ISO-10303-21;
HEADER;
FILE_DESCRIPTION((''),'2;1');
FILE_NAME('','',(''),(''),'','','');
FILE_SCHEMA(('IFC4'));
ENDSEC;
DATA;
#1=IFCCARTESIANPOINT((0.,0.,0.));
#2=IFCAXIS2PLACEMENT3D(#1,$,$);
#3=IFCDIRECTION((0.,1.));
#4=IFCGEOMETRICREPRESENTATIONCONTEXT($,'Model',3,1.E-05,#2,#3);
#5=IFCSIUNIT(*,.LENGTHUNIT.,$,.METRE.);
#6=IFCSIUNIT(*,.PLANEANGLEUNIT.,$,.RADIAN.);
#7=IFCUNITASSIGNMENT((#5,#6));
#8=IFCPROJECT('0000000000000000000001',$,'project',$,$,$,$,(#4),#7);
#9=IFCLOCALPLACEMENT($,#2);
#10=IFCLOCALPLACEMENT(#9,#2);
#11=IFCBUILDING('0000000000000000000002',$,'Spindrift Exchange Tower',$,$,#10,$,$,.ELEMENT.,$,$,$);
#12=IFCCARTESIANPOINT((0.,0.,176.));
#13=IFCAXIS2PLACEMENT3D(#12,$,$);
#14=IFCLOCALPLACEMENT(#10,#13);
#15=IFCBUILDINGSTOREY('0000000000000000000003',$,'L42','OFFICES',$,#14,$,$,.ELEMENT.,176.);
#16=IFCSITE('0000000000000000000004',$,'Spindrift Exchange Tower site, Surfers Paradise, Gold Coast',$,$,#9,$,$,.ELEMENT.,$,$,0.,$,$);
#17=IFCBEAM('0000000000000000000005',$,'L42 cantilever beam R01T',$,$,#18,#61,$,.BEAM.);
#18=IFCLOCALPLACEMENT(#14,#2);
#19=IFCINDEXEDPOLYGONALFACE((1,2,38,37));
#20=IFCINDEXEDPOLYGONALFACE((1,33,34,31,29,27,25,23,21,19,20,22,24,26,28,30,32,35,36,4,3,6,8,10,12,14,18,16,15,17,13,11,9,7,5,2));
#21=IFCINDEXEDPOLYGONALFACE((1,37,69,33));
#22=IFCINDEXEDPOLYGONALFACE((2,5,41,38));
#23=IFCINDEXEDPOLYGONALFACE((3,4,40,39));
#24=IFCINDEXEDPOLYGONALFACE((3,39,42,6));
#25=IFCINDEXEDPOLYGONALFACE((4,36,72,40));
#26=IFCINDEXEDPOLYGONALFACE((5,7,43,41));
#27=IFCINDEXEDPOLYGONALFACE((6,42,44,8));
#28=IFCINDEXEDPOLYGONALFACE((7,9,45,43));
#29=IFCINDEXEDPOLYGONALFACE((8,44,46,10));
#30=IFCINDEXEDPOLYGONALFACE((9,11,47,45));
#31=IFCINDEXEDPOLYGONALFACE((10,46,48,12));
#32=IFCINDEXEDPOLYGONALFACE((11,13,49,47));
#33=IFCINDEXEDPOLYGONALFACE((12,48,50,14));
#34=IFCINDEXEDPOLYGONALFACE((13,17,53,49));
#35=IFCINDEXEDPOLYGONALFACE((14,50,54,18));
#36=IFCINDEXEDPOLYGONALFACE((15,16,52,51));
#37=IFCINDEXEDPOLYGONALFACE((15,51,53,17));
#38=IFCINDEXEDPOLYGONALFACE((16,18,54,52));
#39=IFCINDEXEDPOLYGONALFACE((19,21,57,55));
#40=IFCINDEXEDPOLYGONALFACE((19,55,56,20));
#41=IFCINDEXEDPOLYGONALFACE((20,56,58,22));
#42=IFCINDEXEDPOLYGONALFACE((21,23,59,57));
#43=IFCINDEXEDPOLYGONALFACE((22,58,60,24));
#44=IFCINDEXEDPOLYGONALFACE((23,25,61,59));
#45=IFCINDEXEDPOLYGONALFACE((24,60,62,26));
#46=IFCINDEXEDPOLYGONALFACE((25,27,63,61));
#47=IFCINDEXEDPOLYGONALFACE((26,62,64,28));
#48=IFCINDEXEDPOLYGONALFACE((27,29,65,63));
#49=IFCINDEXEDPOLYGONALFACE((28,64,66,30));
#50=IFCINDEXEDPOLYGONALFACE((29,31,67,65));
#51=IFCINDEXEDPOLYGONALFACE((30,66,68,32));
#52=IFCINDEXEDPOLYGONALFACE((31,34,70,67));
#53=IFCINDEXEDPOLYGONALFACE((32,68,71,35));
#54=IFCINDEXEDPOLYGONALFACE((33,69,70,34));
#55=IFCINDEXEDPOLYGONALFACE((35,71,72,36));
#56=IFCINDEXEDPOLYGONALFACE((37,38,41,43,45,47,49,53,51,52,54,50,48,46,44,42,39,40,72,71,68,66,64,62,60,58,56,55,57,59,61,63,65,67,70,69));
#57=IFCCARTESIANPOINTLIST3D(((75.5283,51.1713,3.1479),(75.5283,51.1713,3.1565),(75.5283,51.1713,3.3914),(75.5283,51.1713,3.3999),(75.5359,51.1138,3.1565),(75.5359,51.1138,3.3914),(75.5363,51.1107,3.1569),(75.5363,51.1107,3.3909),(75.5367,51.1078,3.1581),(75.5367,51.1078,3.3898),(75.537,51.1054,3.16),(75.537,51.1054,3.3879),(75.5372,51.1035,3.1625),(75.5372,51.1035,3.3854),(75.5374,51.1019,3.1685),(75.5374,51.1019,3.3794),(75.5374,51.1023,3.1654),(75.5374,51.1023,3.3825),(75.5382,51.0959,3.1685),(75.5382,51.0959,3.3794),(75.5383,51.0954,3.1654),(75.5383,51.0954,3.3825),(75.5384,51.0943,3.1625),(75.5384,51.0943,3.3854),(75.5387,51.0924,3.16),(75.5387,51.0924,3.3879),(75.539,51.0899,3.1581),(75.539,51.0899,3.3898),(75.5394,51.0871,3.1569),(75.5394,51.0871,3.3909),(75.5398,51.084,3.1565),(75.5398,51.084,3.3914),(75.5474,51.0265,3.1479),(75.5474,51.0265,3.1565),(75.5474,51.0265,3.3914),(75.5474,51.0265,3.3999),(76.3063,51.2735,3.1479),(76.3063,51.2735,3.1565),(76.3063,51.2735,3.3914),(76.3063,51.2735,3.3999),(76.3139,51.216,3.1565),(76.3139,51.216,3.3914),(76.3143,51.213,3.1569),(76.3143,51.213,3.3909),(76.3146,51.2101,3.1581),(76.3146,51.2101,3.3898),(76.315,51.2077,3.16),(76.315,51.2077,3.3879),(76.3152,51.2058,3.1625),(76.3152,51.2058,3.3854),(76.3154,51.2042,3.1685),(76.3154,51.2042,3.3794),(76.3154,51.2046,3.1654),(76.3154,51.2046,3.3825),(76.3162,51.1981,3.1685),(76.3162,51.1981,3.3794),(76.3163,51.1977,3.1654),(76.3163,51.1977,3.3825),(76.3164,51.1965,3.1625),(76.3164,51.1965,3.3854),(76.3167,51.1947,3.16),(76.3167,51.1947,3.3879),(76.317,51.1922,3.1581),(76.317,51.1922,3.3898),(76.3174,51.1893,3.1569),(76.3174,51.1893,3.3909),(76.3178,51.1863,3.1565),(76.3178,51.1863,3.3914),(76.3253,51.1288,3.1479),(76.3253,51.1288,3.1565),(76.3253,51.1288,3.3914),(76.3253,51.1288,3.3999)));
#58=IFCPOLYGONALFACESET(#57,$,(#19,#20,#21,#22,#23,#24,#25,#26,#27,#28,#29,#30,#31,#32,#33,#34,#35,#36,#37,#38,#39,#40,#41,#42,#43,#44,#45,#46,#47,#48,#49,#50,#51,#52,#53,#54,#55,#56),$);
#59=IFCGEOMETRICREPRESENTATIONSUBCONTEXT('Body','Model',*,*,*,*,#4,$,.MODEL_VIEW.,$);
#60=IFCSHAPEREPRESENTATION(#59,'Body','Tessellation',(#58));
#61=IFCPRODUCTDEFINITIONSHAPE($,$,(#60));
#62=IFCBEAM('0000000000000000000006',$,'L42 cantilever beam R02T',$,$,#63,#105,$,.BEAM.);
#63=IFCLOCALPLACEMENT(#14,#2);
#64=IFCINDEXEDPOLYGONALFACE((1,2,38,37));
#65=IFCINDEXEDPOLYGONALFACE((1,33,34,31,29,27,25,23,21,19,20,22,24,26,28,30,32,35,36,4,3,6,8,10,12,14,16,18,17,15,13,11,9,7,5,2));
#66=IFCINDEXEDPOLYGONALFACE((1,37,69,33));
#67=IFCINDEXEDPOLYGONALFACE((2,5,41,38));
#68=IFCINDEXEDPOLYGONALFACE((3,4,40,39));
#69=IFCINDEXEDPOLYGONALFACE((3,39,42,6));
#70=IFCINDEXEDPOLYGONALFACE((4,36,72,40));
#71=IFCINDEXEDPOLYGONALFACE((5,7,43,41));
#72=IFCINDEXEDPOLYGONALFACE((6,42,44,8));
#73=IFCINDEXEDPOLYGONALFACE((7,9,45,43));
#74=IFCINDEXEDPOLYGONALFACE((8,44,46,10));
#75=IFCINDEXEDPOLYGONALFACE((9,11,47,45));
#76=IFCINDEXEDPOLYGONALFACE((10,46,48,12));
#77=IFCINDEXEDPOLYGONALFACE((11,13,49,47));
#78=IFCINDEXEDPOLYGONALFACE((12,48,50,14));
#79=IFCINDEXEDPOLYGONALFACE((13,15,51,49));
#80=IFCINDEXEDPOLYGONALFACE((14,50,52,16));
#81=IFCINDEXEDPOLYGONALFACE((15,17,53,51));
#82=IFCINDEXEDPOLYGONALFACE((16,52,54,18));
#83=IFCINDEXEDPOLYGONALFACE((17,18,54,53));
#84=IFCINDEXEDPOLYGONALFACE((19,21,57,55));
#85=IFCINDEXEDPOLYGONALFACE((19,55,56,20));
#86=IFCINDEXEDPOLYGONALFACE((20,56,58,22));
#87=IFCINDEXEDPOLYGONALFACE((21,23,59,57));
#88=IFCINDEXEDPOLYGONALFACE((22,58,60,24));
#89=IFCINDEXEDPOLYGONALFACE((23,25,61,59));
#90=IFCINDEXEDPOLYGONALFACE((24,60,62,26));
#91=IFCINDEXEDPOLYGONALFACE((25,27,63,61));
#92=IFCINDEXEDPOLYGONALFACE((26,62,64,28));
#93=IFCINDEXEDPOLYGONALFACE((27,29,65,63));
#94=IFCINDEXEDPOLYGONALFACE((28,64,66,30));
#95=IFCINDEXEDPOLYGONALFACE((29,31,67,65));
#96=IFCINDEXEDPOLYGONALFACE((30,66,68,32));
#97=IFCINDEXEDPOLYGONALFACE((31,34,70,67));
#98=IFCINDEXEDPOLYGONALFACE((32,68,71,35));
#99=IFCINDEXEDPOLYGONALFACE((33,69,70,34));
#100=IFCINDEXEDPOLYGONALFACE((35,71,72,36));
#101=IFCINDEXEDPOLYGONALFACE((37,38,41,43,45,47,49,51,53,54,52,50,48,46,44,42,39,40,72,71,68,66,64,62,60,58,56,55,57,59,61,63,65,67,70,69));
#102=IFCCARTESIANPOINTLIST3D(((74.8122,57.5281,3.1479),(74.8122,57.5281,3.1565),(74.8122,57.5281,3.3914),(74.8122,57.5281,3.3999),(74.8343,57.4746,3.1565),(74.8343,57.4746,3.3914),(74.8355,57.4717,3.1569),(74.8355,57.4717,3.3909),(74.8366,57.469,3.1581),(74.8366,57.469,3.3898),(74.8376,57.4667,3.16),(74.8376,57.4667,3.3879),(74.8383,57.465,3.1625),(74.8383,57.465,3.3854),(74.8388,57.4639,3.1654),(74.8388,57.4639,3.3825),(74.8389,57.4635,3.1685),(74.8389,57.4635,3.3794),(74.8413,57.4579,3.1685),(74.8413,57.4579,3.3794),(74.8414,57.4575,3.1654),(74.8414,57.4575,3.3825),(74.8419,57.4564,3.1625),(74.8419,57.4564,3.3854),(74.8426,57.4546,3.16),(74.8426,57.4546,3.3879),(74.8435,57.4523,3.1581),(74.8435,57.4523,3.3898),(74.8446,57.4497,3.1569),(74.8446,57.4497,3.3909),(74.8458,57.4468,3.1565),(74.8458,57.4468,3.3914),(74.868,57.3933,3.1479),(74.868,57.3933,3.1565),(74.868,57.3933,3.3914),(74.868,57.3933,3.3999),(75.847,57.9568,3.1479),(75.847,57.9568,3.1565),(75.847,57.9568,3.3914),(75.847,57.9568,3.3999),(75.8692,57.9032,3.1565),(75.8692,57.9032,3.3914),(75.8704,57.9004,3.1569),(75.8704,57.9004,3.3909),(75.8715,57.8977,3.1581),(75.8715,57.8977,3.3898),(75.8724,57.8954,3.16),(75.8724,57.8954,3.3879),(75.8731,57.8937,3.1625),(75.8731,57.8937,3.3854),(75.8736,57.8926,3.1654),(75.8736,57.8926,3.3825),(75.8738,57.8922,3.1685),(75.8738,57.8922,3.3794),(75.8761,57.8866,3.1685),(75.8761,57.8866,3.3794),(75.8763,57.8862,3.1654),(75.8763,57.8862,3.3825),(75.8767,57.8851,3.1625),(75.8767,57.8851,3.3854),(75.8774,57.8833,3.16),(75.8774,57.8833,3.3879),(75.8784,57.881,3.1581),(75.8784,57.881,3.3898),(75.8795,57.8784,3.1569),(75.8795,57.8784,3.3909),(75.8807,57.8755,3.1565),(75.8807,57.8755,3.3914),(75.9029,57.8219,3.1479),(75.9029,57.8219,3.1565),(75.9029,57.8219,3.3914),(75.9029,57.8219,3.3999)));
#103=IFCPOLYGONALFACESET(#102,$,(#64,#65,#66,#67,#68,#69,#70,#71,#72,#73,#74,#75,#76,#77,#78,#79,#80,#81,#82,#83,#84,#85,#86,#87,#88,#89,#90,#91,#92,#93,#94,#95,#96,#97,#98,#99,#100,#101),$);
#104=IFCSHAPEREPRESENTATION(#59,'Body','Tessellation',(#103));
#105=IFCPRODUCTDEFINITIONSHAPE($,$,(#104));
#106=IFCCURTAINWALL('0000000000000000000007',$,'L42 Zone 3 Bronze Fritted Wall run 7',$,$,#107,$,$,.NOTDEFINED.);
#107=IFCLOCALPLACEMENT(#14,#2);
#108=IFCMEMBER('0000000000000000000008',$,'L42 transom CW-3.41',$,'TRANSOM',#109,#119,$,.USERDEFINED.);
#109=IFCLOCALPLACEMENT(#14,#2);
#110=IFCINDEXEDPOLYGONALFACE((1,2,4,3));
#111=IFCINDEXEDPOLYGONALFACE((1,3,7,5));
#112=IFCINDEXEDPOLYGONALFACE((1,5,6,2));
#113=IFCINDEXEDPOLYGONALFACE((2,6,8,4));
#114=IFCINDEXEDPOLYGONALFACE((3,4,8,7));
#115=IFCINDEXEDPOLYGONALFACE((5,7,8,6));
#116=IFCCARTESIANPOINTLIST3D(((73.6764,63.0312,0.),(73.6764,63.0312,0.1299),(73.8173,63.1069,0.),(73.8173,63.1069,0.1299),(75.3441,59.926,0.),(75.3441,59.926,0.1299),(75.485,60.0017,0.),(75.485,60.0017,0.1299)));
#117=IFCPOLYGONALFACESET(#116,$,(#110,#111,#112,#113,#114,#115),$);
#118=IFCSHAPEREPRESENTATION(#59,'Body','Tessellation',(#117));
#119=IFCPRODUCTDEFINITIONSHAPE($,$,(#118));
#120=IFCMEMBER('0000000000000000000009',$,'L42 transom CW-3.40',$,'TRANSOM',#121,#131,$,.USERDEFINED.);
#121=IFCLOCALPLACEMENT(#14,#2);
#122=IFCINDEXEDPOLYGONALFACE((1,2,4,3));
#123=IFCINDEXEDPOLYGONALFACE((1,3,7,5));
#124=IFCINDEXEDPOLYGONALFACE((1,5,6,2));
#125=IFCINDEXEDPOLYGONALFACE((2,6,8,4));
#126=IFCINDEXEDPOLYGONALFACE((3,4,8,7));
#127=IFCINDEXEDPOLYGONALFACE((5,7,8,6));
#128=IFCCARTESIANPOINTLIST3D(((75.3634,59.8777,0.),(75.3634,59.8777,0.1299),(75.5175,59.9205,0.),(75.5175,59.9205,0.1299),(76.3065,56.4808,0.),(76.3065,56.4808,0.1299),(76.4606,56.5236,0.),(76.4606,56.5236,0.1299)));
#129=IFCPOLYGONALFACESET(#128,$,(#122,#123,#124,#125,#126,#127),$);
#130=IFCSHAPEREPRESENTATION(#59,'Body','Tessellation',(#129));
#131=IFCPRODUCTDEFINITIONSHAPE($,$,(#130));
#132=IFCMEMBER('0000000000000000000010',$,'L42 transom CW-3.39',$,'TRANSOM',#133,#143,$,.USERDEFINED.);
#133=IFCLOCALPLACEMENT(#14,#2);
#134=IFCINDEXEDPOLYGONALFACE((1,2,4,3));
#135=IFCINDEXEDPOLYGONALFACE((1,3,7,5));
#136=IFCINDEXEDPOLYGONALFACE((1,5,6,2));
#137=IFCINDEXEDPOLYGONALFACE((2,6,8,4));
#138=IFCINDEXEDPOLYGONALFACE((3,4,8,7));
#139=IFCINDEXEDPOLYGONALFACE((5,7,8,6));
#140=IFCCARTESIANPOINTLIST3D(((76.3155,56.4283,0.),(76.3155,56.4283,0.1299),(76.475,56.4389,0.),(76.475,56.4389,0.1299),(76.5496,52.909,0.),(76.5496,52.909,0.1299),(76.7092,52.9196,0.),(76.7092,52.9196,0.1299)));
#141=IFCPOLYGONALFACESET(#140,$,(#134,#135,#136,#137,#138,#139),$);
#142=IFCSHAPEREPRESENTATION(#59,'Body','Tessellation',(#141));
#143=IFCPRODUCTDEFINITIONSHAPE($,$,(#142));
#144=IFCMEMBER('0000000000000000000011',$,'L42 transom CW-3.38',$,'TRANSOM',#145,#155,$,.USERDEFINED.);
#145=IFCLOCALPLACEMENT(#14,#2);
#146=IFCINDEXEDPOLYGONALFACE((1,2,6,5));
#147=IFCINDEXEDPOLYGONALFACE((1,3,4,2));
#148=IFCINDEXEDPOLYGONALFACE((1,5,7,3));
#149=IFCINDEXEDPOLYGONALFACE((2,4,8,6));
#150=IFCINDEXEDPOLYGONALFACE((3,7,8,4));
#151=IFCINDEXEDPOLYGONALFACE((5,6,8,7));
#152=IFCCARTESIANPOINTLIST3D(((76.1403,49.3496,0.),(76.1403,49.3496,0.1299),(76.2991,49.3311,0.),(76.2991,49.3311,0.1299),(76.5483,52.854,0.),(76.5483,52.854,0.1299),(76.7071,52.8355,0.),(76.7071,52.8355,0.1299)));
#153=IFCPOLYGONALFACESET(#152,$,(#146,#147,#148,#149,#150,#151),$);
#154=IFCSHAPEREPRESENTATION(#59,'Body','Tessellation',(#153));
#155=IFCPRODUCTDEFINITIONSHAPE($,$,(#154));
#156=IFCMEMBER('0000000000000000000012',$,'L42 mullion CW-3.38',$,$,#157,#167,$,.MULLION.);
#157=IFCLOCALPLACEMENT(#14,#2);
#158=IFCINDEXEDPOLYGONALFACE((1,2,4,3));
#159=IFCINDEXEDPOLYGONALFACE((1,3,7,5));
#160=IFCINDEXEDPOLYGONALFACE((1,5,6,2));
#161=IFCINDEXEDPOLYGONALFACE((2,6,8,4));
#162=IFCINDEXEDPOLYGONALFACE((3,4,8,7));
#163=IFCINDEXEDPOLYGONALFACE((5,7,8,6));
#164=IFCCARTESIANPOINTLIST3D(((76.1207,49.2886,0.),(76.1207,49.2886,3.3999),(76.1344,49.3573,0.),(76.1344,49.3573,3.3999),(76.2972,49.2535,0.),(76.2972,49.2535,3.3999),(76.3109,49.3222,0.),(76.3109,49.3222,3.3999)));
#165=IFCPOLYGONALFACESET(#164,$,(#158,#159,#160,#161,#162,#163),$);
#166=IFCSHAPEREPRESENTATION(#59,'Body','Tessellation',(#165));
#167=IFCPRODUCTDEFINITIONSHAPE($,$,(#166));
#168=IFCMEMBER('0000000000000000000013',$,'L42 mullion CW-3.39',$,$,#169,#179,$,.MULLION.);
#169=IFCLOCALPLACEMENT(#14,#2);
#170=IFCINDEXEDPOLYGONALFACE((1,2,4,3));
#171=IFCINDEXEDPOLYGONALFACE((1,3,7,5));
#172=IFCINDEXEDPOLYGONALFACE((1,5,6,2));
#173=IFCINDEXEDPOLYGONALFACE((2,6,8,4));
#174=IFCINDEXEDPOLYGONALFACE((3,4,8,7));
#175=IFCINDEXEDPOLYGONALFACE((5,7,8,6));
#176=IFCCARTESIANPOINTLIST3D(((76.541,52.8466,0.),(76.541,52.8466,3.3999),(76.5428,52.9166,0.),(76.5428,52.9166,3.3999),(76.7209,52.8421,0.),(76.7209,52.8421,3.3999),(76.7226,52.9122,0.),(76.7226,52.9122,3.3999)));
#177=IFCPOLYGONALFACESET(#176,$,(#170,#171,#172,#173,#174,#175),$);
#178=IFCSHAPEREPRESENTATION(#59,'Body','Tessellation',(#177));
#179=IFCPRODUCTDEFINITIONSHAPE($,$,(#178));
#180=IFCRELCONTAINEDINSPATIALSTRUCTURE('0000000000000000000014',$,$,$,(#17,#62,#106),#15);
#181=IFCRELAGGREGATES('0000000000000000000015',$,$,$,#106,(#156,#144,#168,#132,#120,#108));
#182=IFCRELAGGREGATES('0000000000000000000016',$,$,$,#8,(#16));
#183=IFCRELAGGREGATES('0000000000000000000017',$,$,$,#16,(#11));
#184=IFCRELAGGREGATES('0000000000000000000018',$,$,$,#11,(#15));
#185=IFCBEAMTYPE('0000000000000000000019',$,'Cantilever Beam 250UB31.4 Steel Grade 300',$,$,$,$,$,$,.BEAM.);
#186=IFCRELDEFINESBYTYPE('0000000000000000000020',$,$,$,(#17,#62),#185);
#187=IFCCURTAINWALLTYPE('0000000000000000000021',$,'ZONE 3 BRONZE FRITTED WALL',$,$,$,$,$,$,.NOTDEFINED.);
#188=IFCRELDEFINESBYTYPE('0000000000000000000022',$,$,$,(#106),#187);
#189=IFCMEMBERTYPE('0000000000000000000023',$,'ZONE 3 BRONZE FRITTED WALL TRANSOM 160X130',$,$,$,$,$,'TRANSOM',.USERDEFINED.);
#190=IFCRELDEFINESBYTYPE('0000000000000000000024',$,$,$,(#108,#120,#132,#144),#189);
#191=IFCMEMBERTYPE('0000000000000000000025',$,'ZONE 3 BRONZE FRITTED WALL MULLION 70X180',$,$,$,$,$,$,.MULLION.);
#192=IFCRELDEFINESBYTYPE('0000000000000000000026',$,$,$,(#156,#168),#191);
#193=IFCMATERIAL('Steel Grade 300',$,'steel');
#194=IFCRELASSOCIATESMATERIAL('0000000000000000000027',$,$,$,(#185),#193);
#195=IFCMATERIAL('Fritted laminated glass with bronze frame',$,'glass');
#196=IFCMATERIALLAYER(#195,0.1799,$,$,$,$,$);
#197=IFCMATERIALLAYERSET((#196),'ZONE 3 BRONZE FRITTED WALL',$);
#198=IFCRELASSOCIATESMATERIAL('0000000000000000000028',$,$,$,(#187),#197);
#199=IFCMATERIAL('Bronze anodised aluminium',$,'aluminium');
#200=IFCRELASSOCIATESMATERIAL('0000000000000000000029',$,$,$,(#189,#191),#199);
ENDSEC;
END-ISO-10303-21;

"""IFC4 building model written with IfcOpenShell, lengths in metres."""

from ifc_helpers import new_model, si_unit, direction, frame, origin, origin_2d, place, context, subcontext, project, spatial, rectangle, i_section, extrude, source, transform, mapped, material, layer, layer_set, material_profile, profile_set, type_object, element, aggregate, save


model = new_model("IFC4")

# Units and contexts
model_context = context("Model", 3, precision=1e-05, world=origin(), true_north=direction((0.0, 1.0)))
body_context = subcontext(model_context, "Body", "Model", "MODEL_VIEW")
ifc_project = project(units=[si_unit("LENGTHUNIT", "METRE"), si_unit("PLANEANGLEUNIT", "RADIAN")], contexts=[model_context])

# Site, building, storey
site_placement = place(None, origin())
site = spatial("IfcSite", under=ifc_project, at=site_placement, Name="Spindrift Exchange Tower site, Surfers Paradise, Gold Coast", CompositionType="ELEMENT", RefElevation=0.0)
building_placement = place(site_placement, origin())
building = spatial("IfcBuilding", under=site, at=building_placement, Name="Spindrift Exchange Tower", CompositionType="ELEMENT")
storey_placement = place(building_placement, frame((0.0, 0.0, 176.0)))
storey = spatial("IfcBuildingStorey", under=building, at=storey_placement, Name="L42", Description="OFFICES", CompositionType="ELEMENT", Elevation=176.0)

# Beams
ifc_material_1 = material(Name="Steel Grade 300", Category="steel")
ifc_material_profile_1 = material_profile(ifc_material_1, i_section(OverallWidth=0.146, OverallDepth=0.252, WebThickness=0.0061, FlangeThickness=0.0085, FilletRadius=0.012, at=origin_2d()), Name="250UB31.4")
ifc_profile_set_1 = profile_set([ifc_material_profile_1], Name="Steel Grade 300")
beam_type_1 = type_object("IfcBeamType", Name="Cantilever Beam 250UB31.4 Steel Grade 300", PredefinedType="BEAM", material=ifc_profile_set_1)
shared_shape_1 = source(origin(), body_context, "Body", "SweptSolid", [
    extrude(i_section(OverallWidth=0.146, OverallDepth=0.252, WebThickness=0.0061, FlangeThickness=0.0085, FilletRadius=0.012, at=origin_2d()), origin(), (0.0, 0.0, 1.0), 0.7847),
])
beam_1_placement = place(storey_placement, frame((75.5378, 51.0989, 3.2739), z_axis=(0.991468, 0.13035, 0.0), x_axis=(-0.13035, 0.991468, 0.0)))
element("IfcBeam", 1, at=beam_1_placement, inside=storey, type_object=beam_type_1, Name="L42 cantilever beam R01T", PredefinedType="BEAM", context=body_context, shape_type="MappedRepresentation", body=[
    mapped(shared_shape_1, transform((0.0, 0.0, 0.0), scale=1.0)),
])
shared_shape_2 = source(origin(), body_context, "Body", "SweptSolid", [
    extrude(i_section(OverallWidth=0.146, OverallDepth=0.252, WebThickness=0.0061, FlangeThickness=0.0085, FilletRadius=0.012, at=origin_2d()), origin(), (0.0, 0.0, 1.0), 1.1201),
])
beam_2_placement = place(storey_placement, frame((74.8401, 57.4607, 3.2739), z_axis=(0.923868, 0.382711, 0.0), x_axis=(-0.382711, 0.923868, 0.0)))
element("IfcBeam", 2, at=beam_2_placement, inside=storey, type_object=beam_type_1, Name="L42 cantilever beam R02T", PredefinedType="BEAM", context=body_context, shape_type="MappedRepresentation", body=[
    mapped(shared_shape_2, transform((0.0, 0.0, 0.0), scale=1.0)),
])

# Curtain wall, members
ifc_material_2 = material(Name="Fritted laminated glass with bronze frame", Category="glass")
ifc_layer_1 = layer(ifc_material_2, 0.1799)
ifc_layer_set_1 = layer_set([ifc_layer_1], Name="ZONE 3 BRONZE FRITTED WALL")
curtain_wall_type = type_object("IfcCurtainWallType", Name="ZONE 3 BRONZE FRITTED WALL", PredefinedType="NOTDEFINED", material=ifc_layer_set_1)
curtain_wall_placement = place(storey_placement, origin())
curtain_wall = element("IfcCurtainWall", 3, at=curtain_wall_placement, inside=storey, type_object=curtain_wall_type, Name="L42 Zone 3 Bronze Fritted Wall run 7", PredefinedType="NOTDEFINED")
ifc_material_3 = material(Name="Bronze anodised aluminium", Category="aluminium")
ifc_material_profile_2 = material_profile(ifc_material_3, rectangle(XDim=0.1599, YDim=0.1299, at=origin_2d()), Name="ZONE 3 BRONZE FRITTED WALL TRANSOM 160X130")
ifc_profile_set_2 = profile_set([ifc_material_profile_2], Name="Bronze anodised aluminium")
member_type_1 = type_object("IfcMemberType", Name="ZONE 3 BRONZE FRITTED WALL TRANSOM 160X130", ElementType="TRANSOM", PredefinedType="USERDEFINED", material=ifc_profile_set_2)
shared_shape_3 = source(origin(), body_context, "Body", "SweptSolid", [
    extrude(rectangle(XDim=0.1599, YDim=0.1299, at=origin_2d()), origin(), (0.0, 0.0, 1.0), 3.5247),
])
member_1_placement = place(storey_placement, frame((75.4146, 59.9639, 0.0649), z_axis=(-0.47315, 0.880982, 0.0), x_axis=(-0.880982, -0.47315, 0.0)))
member_1 = element("IfcMember", 4, at=member_1_placement, type_object=member_type_1, Name="L42 transom CW-3.41", ObjectType="TRANSOM", PredefinedType="USERDEFINED", context=body_context, shape_type="MappedRepresentation", body=[
    mapped(shared_shape_3, transform((0.0, 0.0, 0.0), scale=1.0)),
])
shared_shape_4 = source(origin(), body_context, "Body", "SweptSolid", [
    extrude(rectangle(XDim=0.1599, YDim=0.1299, at=origin_2d()), origin(), (0.0, 0.0, 1.0), 3.5254),
])
member_2_placement = place(storey_placement, frame((76.3835, 56.5022, 0.0649), z_axis=(-0.267515, 0.963554, 0.0), x_axis=(-0.963554, -0.267515, 0.0)))
member_2 = element("IfcMember", 5, at=member_2_placement, type_object=member_type_1, Name="L42 transom CW-3.40", ObjectType="TRANSOM", PredefinedType="USERDEFINED", context=body_context, shape_type="MappedRepresentation", body=[
    mapped(shared_shape_4, transform((0.0, 0.0, 0.0), scale=1.0)),
])
shared_shape_5 = source(origin(), body_context, "Body", "SweptSolid", [
    extrude(rectangle(XDim=0.1599, YDim=0.1299, at=origin_2d()), origin(), (0.0, 0.0, 1.0), 3.5271),
])
member_3_placement = place(storey_placement, frame((76.6294, 52.9143, 0.0649), z_axis=(-0.066381, 0.997794, 0.0), x_axis=(-0.997794, -0.066381, 0.0)))
member_3 = element("IfcMember", 6, at=member_3_placement, type_object=member_type_1, Name="L42 transom CW-3.39", ObjectType="TRANSOM", PredefinedType="USERDEFINED", context=body_context, shape_type="MappedRepresentation", body=[
    mapped(shared_shape_5, transform((0.0, 0.0, 0.0), scale=1.0)),
])
shared_shape_6 = source(origin(), body_context, "Body", "SweptSolid", [
    extrude(rectangle(XDim=0.1599, YDim=0.1299, at=origin_2d()), origin(), (0.0, 0.0, 1.0), 3.5281),
])
member_4_placement = place(storey_placement, frame((76.2197, 49.3403, 0.0649), z_axis=(0.115633, 0.993292, 0.0), x_axis=(-0.993292, 0.115633, 0.0)))
member_4 = element("IfcMember", 7, at=member_4_placement, type_object=member_type_1, Name="L42 transom CW-3.38", ObjectType="TRANSOM", PredefinedType="USERDEFINED", context=body_context, shape_type="MappedRepresentation", body=[
    mapped(shared_shape_6, transform((0.0, 0.0, 0.0), scale=1.0)),
])
ifc_material_profile_3 = material_profile(ifc_material_3, rectangle(XDim=0.0701, YDim=0.1799, at=origin_2d()), Name="ZONE 3 BRONZE FRITTED WALL MULLION 70X180")
ifc_profile_set_3 = profile_set([ifc_material_profile_3], Name="Bronze anodised aluminium")
member_type_2 = type_object("IfcMemberType", Name="ZONE 3 BRONZE FRITTED WALL MULLION 70X180", PredefinedType="MULLION", material=ifc_profile_set_3)
shared_shape_7 = source(origin(), body_context, "Body", "SweptSolid", [
    extrude(rectangle(XDim=0.0701, YDim=0.1799, at=origin_2d()), origin(), (0.0, 0.0, 1.0), 3.3999),
])
member_5_placement = place(storey_placement, frame((76.2158, 49.3054, 0.0), z_axis=(0.0, 0.0, 1.0), x_axis=(0.195111, 0.980781, 0.0)))
member_5 = element("IfcMember", 8, at=member_5_placement, type_object=member_type_2, Name="L42 mullion CW-3.38", PredefinedType="MULLION", context=body_context, shape_type="MappedRepresentation", body=[
    mapped(shared_shape_7, transform((0.0, 0.0, 0.0), scale=1.0)),
])
member_6_placement = place(storey_placement, frame((76.6318, 52.8794, 0.0), z_axis=(0.0, 0.0, 1.0), x_axis=(0.024729, 0.999694, 0.0)))
member_6 = element("IfcMember", 9, at=member_6_placement, type_object=member_type_2, Name="L42 mullion CW-3.39", PredefinedType="MULLION", context=body_context, shape_type="MappedRepresentation", body=[
    mapped(shared_shape_7, transform((0.0, 0.0, 0.0), scale=1.0)),
])
aggregate(curtain_wall, [member_5, member_4, member_6, member_3, member_2, member_1])

save(model, "model.ifc")
